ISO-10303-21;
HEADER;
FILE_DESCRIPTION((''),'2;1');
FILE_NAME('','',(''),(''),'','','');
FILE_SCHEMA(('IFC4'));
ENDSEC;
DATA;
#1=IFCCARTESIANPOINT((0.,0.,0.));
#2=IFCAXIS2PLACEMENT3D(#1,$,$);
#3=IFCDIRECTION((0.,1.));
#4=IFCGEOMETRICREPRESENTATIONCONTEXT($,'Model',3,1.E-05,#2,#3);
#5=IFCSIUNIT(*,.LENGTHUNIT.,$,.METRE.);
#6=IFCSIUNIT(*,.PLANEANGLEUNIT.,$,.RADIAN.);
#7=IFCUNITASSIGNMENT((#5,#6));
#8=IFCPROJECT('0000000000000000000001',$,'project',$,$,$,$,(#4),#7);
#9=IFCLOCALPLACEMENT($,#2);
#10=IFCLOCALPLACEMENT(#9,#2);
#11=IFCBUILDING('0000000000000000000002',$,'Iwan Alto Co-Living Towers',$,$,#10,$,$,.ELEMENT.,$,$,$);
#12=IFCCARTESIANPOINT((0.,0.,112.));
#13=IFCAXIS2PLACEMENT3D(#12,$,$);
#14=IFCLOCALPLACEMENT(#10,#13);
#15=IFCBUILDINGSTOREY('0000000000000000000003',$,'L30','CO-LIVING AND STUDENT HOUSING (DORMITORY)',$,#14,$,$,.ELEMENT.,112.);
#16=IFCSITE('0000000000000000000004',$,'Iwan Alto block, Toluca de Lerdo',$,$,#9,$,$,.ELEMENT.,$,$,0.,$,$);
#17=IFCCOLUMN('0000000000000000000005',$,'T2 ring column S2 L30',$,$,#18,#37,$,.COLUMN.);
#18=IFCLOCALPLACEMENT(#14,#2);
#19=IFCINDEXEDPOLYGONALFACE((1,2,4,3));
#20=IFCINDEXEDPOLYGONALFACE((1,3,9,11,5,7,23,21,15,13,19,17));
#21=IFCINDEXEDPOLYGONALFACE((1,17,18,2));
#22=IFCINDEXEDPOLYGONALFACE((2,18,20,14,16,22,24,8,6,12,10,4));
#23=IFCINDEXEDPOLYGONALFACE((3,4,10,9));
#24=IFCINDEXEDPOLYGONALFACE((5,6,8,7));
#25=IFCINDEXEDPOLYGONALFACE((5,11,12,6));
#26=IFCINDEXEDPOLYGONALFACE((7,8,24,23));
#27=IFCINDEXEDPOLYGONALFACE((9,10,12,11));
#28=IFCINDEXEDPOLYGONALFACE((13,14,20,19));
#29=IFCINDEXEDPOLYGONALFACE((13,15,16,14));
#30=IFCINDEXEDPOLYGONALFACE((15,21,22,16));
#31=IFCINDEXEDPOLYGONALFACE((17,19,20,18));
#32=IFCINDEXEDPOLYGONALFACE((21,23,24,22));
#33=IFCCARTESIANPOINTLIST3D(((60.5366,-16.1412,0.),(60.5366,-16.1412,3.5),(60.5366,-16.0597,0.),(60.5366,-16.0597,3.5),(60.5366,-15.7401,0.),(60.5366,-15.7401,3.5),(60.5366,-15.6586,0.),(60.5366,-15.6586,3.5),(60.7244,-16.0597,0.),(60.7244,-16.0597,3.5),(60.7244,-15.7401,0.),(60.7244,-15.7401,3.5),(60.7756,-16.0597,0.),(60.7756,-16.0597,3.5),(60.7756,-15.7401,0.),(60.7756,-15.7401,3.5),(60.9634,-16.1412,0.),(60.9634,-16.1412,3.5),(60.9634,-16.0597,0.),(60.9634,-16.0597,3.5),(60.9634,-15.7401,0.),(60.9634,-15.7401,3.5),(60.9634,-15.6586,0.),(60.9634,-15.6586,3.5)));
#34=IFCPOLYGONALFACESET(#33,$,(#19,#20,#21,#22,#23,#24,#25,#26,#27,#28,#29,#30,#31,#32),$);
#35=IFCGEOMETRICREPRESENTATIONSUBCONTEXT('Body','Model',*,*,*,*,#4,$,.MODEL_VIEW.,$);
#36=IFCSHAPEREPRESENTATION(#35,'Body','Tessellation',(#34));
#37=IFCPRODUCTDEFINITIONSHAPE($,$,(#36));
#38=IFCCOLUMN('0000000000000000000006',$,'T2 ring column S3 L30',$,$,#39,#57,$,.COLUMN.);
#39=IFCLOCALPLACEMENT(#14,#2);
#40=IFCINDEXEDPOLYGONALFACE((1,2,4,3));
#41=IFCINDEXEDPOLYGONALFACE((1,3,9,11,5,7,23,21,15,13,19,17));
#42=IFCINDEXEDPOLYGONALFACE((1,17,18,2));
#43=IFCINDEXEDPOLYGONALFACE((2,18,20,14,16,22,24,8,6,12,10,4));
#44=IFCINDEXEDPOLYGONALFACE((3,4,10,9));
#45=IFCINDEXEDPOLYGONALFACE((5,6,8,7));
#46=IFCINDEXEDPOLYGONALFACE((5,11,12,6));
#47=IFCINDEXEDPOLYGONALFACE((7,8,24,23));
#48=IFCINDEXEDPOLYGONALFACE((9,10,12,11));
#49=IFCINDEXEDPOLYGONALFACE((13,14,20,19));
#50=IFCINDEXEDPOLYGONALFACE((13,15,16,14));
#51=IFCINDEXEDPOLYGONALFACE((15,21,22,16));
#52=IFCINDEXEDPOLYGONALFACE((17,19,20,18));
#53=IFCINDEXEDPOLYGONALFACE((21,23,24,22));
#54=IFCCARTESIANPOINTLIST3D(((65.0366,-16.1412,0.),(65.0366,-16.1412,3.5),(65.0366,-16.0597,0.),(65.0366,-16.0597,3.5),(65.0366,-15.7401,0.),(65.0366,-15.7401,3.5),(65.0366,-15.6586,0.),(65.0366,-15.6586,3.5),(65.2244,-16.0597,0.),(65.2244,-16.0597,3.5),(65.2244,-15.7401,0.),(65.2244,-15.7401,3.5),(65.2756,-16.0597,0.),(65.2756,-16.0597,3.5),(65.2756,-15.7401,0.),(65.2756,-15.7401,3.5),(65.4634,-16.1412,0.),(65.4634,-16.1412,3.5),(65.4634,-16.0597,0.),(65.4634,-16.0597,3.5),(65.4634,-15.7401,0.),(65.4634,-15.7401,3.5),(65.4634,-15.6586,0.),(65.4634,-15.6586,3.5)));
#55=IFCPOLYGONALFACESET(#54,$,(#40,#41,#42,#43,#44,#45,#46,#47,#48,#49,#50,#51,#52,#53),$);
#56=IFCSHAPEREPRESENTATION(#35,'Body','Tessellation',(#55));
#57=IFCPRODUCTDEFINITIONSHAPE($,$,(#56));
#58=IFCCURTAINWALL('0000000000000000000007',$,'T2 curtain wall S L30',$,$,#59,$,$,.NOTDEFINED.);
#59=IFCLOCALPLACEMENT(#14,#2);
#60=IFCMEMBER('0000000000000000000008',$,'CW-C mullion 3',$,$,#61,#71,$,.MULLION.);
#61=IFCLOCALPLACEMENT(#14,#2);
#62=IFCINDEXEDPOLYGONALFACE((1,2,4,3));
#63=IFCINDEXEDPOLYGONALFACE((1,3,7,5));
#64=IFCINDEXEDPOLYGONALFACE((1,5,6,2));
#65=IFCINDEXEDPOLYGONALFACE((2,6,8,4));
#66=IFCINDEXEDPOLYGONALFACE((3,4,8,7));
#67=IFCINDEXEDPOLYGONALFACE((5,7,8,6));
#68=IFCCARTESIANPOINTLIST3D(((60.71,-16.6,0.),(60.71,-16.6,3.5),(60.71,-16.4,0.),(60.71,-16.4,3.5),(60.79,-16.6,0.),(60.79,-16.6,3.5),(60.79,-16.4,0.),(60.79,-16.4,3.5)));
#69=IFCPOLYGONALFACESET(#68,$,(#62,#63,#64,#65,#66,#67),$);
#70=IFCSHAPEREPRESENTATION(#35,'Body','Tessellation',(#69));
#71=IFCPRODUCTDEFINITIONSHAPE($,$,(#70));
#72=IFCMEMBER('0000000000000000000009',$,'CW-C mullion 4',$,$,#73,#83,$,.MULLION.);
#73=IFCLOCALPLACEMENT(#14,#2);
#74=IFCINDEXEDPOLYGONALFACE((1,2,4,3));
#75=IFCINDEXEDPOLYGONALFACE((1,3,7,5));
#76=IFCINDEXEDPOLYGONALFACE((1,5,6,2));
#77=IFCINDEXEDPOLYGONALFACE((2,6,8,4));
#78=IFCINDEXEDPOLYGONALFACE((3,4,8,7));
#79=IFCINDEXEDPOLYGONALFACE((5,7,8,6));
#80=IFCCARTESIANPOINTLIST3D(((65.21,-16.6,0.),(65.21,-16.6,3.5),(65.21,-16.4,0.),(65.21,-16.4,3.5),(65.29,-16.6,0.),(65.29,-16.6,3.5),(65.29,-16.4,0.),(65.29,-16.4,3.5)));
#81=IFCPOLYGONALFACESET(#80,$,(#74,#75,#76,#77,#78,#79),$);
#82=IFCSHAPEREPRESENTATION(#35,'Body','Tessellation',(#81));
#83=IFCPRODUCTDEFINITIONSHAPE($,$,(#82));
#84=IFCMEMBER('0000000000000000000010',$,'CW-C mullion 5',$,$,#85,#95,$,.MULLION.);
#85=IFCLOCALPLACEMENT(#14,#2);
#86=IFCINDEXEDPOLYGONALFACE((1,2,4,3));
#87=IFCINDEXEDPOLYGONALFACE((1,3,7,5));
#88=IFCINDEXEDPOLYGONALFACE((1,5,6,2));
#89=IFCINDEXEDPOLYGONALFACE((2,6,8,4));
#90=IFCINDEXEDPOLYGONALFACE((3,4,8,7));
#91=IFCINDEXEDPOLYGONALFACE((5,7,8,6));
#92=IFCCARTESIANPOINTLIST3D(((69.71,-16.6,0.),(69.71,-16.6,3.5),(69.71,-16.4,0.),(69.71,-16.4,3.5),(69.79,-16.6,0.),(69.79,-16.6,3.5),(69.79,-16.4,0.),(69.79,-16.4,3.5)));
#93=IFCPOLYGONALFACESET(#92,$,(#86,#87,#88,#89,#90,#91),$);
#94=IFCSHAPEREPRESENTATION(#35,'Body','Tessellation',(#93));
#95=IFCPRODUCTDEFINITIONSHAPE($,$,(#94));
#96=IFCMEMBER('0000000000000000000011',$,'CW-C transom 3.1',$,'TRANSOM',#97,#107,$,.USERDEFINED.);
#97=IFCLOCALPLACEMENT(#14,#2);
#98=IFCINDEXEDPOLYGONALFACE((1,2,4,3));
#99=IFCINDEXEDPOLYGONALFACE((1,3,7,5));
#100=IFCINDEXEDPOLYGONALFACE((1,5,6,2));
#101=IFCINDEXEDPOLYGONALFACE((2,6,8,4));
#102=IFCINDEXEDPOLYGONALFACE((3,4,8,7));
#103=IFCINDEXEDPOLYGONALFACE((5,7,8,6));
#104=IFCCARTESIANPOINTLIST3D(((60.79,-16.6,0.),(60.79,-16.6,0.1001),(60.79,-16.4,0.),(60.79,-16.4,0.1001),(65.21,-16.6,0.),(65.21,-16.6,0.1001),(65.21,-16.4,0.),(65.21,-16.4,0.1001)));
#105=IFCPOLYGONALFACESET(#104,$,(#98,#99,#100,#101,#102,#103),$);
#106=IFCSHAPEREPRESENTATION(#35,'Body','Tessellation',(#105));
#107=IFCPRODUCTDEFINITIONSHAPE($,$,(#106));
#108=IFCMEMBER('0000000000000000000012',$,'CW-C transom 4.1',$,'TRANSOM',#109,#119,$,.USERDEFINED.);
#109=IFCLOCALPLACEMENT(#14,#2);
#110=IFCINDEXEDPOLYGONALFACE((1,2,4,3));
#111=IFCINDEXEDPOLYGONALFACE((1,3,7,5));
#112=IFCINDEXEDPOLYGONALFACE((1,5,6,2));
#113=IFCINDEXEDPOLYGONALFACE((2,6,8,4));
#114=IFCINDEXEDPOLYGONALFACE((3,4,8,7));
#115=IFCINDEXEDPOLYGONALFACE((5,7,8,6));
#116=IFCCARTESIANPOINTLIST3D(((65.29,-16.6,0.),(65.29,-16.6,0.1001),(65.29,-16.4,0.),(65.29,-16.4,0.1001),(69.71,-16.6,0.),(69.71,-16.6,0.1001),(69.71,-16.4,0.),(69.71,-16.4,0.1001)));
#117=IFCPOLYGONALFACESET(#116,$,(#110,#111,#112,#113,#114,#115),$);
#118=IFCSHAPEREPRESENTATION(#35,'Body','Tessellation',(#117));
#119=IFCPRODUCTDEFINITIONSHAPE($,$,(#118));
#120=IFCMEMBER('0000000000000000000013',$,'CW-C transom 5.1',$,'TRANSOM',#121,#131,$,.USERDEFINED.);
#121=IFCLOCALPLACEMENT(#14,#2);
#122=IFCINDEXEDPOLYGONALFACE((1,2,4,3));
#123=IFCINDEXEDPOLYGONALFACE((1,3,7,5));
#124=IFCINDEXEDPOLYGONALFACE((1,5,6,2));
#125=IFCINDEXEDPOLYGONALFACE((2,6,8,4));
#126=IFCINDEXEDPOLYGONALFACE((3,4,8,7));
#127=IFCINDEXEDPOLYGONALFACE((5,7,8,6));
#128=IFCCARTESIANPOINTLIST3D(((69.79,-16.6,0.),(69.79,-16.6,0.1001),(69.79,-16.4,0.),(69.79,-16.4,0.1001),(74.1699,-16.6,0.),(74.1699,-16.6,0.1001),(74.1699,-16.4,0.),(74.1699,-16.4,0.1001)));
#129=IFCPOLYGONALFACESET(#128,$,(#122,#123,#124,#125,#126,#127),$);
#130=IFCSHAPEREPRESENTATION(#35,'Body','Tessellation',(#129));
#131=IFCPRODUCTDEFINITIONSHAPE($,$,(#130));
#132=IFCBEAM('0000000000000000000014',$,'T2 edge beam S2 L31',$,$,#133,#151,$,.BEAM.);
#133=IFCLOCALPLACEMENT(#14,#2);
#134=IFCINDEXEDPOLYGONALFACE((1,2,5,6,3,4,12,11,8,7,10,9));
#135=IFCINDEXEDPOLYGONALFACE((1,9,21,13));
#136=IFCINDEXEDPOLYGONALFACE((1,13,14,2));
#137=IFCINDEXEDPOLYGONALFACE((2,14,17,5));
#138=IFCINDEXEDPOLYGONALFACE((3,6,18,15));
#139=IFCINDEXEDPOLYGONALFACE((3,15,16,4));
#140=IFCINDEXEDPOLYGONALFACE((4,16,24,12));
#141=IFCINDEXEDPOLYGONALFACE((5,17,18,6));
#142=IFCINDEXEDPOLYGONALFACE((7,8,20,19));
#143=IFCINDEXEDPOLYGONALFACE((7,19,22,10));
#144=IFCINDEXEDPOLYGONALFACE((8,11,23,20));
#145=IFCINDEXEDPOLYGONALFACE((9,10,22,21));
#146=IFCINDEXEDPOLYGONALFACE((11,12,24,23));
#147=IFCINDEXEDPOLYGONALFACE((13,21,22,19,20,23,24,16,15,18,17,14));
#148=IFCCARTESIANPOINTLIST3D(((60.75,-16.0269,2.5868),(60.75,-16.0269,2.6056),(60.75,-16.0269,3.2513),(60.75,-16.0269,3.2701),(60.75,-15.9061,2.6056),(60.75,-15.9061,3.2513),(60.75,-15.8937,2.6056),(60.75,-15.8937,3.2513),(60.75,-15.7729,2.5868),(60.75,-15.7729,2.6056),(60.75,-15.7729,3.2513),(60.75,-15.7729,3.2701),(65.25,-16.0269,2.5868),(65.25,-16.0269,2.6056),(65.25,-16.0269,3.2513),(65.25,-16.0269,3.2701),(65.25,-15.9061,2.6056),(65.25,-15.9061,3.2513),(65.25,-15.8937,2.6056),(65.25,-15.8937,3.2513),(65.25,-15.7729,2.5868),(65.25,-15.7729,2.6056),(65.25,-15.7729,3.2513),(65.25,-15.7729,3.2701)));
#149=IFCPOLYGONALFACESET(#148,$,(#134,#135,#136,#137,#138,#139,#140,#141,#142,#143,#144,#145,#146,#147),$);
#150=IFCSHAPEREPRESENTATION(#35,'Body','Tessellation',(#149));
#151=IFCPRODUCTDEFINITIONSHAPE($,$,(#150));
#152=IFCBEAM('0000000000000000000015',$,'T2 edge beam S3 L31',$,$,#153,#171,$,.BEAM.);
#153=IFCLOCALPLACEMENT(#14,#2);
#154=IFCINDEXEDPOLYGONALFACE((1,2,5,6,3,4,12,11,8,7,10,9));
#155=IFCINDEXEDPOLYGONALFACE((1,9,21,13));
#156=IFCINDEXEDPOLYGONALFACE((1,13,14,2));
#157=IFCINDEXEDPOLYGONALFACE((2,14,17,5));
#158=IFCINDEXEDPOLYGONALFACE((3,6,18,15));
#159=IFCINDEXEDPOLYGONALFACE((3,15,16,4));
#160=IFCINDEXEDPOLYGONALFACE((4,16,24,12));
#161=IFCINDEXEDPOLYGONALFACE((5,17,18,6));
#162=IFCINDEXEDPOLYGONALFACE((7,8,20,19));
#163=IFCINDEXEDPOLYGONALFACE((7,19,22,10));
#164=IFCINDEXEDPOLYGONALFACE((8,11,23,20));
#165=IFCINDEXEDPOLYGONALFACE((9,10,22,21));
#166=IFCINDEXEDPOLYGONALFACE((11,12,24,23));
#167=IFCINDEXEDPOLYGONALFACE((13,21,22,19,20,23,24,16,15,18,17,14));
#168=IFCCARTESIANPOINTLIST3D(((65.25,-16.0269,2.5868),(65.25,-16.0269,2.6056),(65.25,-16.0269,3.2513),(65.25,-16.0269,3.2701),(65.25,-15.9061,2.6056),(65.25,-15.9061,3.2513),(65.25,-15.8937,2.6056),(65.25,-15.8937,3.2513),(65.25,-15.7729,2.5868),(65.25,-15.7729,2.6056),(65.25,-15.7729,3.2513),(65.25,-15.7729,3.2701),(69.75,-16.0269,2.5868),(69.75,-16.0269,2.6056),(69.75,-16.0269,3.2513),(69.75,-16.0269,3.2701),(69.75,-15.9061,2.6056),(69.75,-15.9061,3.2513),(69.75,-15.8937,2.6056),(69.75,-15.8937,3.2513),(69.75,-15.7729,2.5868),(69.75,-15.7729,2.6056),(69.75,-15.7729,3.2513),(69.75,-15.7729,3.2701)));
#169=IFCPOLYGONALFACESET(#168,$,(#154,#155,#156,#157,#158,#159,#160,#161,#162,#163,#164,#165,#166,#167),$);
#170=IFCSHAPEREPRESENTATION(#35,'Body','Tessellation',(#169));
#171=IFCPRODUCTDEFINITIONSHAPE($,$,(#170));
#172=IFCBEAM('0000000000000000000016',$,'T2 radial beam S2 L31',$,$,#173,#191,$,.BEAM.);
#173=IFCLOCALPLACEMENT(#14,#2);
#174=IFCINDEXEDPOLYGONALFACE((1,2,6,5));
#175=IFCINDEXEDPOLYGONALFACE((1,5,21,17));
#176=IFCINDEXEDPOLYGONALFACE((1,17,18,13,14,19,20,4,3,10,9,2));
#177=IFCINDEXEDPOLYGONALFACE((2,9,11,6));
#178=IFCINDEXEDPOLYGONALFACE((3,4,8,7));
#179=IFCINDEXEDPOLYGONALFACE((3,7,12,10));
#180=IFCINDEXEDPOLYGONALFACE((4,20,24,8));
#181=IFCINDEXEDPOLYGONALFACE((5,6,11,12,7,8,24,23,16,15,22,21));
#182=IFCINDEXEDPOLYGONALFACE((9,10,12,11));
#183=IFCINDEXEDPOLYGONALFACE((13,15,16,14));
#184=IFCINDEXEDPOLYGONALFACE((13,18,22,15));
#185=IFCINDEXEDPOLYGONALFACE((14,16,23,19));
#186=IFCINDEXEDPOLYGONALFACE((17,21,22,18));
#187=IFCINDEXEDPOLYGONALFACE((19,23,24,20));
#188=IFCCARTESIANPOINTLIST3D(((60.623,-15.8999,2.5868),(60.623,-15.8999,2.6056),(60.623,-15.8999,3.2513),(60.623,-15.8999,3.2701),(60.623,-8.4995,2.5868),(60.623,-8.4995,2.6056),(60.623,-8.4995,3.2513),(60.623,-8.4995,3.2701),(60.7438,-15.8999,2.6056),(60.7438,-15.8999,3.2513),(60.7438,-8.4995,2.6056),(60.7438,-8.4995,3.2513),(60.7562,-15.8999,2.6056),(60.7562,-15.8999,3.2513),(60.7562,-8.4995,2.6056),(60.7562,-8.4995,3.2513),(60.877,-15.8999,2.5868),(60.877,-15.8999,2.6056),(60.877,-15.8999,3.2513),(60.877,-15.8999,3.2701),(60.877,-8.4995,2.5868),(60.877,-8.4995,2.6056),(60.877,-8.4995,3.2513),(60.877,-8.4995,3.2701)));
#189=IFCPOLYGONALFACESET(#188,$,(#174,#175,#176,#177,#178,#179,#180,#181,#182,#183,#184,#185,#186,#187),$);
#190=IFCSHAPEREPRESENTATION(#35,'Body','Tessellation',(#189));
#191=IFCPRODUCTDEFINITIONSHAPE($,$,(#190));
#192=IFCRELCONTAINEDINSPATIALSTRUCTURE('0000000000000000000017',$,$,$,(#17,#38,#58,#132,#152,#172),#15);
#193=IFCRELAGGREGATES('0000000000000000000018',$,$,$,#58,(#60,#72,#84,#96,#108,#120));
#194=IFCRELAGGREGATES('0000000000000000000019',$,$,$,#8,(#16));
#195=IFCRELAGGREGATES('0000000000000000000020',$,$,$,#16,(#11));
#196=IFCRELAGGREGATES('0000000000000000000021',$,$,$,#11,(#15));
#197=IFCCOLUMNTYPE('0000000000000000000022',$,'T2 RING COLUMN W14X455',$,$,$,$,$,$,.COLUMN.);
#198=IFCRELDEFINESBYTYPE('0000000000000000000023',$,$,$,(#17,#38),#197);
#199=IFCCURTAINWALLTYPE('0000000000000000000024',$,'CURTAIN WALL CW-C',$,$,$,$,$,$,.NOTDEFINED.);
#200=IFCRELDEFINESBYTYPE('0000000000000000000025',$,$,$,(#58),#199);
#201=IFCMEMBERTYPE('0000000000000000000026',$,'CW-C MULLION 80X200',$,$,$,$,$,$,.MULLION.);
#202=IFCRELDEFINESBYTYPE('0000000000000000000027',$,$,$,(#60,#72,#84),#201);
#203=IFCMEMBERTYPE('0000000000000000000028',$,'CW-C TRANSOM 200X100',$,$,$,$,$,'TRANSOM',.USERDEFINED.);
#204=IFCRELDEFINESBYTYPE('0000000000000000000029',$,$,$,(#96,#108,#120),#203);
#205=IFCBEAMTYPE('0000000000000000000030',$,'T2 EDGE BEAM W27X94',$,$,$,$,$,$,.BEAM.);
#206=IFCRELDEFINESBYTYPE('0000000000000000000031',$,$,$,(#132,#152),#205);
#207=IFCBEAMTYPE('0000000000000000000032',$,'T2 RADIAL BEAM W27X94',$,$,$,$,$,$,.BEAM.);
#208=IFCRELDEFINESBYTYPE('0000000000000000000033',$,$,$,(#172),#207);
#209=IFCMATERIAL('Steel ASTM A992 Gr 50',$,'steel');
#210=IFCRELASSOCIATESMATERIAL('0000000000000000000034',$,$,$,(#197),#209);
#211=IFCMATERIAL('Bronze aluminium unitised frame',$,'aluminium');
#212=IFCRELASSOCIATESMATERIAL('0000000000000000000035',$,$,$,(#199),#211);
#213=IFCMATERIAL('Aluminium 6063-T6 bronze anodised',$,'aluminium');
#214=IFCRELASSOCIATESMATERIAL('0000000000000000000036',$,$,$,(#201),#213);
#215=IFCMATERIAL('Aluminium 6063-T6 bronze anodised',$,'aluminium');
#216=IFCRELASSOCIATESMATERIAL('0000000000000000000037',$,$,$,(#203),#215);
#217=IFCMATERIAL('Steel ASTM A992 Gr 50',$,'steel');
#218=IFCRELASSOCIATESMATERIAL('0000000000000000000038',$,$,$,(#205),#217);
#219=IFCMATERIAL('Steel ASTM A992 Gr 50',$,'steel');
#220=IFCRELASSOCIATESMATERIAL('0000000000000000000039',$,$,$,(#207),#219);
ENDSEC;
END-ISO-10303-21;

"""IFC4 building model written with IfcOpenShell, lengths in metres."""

from ifc_helpers import new_model, si_unit, direction, frame, origin, origin_2d, place, context, subcontext, project, spatial, rectangle, i_section, extrude, material, material_profile, profile_set, type_object, element, aggregate, save


model = new_model("IFC4")

# Units and contexts
model_context = context("Model", 3, precision=1e-05, world=origin(), true_north=direction((0.0, 1.0)))
body_context = subcontext(model_context, "Body", "Model", "MODEL_VIEW")
ifc_project = project(units=[si_unit("LENGTHUNIT", "METRE"), si_unit("PLANEANGLEUNIT", "RADIAN")], contexts=[model_context])

# Site, building, storey
site_placement = place(None, origin())
site = spatial("IfcSite", under=ifc_project, at=site_placement, Name="Iwan Alto block, Toluca de Lerdo", CompositionType="ELEMENT", RefElevation=0.0)
building_placement = place(site_placement, origin())
building = spatial("IfcBuilding", under=site, at=building_placement, Name="Iwan Alto Co-Living Towers", CompositionType="ELEMENT")
storey_placement = place(building_placement, frame((0.0, 0.0, 112.0)))
storey = spatial("IfcBuildingStorey", under=building, at=storey_placement, Name="L30", Description="CO-LIVING AND STUDENT HOUSING (DORMITORY)", CompositionType="ELEMENT", Elevation=112.0)

# Columns
ifc_material_1 = material(Name="Steel ASTM A992 Gr 50", Category="steel")
ifc_material_profile_1 = material_profile(ifc_material_1, i_section(OverallWidth=0.4268, OverallDepth=0.4827, WebThickness=0.0513, FlangeThickness=0.0815, at=origin_2d()), Name="W14X455")
ifc_profile_set_1 = profile_set([ifc_material_profile_1], Name="Steel ASTM A992 Gr 50")
column_type = type_object("IfcColumnType", Name="T2 RING COLUMN W14X455", PredefinedType="COLUMN", material=ifc_profile_set_1)
for number, where, z_axis, x_axis, name in (
    (1, (60.75, -15.8999, 0.0), (0.0, 0.0, 1.0), (1.0, 0.0, 0.0), "T2 ring column S2 L30"),
    (2, (65.25, -15.8999, 0.0), (0.0, 0.0, 1.0), (1.0, 0.0, 0.0), "T2 ring column S3 L30"),
):
    element("IfcColumn", number, at=place(storey_placement, frame(where, z_axis=z_axis, x_axis=x_axis)), inside=storey, type_object=column_type, Name=name, PredefinedType="COLUMN", context=body_context, shape_type="SweptSolid", body=[
        extrude(i_section(OverallWidth=0.4268, OverallDepth=0.4827, WebThickness=0.0513, FlangeThickness=0.0815, at=origin_2d()), origin(), (0.0, 0.0, 1.0), 3.5),
    ])

# Curtain wall, members
ifc_material_2 = material(Name="Bronze aluminium unitised frame", Category="aluminium")
curtain_wall_type = type_object("IfcCurtainWallType", Name="CURTAIN WALL CW-C", PredefinedType="NOTDEFINED", material=ifc_material_2)
curtain_wall_placement = place(storey_placement, origin())
curtain_wall = element("IfcCurtainWall", 3, at=curtain_wall_placement, inside=storey, type_object=curtain_wall_type, Name="T2 curtain wall S L30", PredefinedType="NOTDEFINED")
ifc_material_3 = material(Name="Aluminium 6063-T6 bronze anodised", Category="aluminium")
ifc_material_profile_2 = material_profile(ifc_material_3, rectangle(XDim=0.2, YDim=0.0801, at=origin_2d()), Name="AL 80X200")
ifc_profile_set_2 = profile_set([ifc_material_profile_2], Name="Aluminium 6063-T6 bronze anodised")
member_type_1 = type_object("IfcMemberType", Name="CW-C MULLION 80X200", PredefinedType="MULLION", material=ifc_profile_set_2)
member_1_placement = place(storey_placement, frame((60.75, -16.5, 0.0), z_axis=(0.0, 0.0, 1.0), x_axis=(0.0, 1.0, 0.0)))
member_1 = element("IfcMember", 4, at=member_1_placement, type_object=member_type_1, Name="CW-C mullion 3", PredefinedType="MULLION", context=body_context, shape_type="SweptSolid", body=[
    extrude(rectangle(XDim=0.2, YDim=0.0801, at=origin_2d()), origin(), (0.0, 0.0, 1.0), 3.5),
])
member_2_placement = place(storey_placement, frame((65.25, -16.5, 0.0), z_axis=(0.0, 0.0, 1.0), x_axis=(0.0, 1.0, 0.0)))
member_2 = element("IfcMember", 5, at=member_2_placement, type_object=member_type_1, Name="CW-C mullion 4", PredefinedType="MULLION", context=body_context, shape_type="SweptSolid", body=[
    extrude(rectangle(XDim=0.2, YDim=0.0801, at=origin_2d()), origin(), (0.0, 0.0, 1.0), 3.5),
])
member_3_placement = place(storey_placement, frame((69.75, -16.5, 0.0), z_axis=(0.0, 0.0, 1.0), x_axis=(0.0, 1.0, 0.0)))
member_3 = element("IfcMember", 6, at=member_3_placement, type_object=member_type_1, Name="CW-C mullion 5", PredefinedType="MULLION", context=body_context, shape_type="SweptSolid", body=[
    extrude(rectangle(XDim=0.2, YDim=0.0801, at=origin_2d()), origin(), (0.0, 0.0, 1.0), 3.5),
])
ifc_material_4 = material(Name="Aluminium 6063-T6 bronze anodised", Category="aluminium")
ifc_material_profile_3 = material_profile(ifc_material_4, rectangle(XDim=0.2, YDim=0.1001, at=origin_2d()), Name="AL 200X100")
ifc_profile_set_3 = profile_set([ifc_material_profile_3], Name="Aluminium 6063-T6 bronze anodised")
member_type_2 = type_object("IfcMemberType", Name="CW-C TRANSOM 200X100", ElementType="TRANSOM", PredefinedType="USERDEFINED", material=ifc_profile_set_3)
member_4_placement = place(storey_placement, frame((60.79, -16.5, 0.05), z_axis=(1.0, 0.0, 0.0), x_axis=(0.0, 1.0, 0.0)))
member_4 = element("IfcMember", 7, at=member_4_placement, type_object=member_type_2, Name="CW-C transom 3.1", ObjectType="TRANSOM", PredefinedType="USERDEFINED", context=body_context, shape_type="SweptSolid", body=[
    extrude(rectangle(XDim=0.2, YDim=0.1001, at=origin_2d()), origin(), (0.0, 0.0, 1.0), 4.4199),
])
member_5_placement = place(storey_placement, frame((65.29, -16.5, 0.05), z_axis=(1.0, 0.0, 0.0), x_axis=(0.0, 1.0, 0.0)))
member_5 = element("IfcMember", 8, at=member_5_placement, type_object=member_type_2, Name="CW-C transom 4.1", ObjectType="TRANSOM", PredefinedType="USERDEFINED", context=body_context, shape_type="SweptSolid", body=[
    extrude(rectangle(XDim=0.2, YDim=0.1001, at=origin_2d()), origin(), (0.0, 0.0, 1.0), 4.4199),
])
member_6_placement = place(storey_placement, frame((69.79, -16.5, 0.05), z_axis=(1.0, 0.0, 0.0), x_axis=(0.0, 1.0, 0.0)))
member_6 = element("IfcMember", 9, at=member_6_placement, type_object=member_type_2, Name="CW-C transom 5.1", ObjectType="TRANSOM", PredefinedType="USERDEFINED", context=body_context, shape_type="SweptSolid", body=[
    extrude(rectangle(XDim=0.2, YDim=0.1001, at=origin_2d()), origin(), (0.0, 0.0, 1.0), 4.3799),
])

# Beams
ifc_material_5 = material(Name="Steel ASTM A992 Gr 50", Category="steel")
ifc_material_profile_4 = material_profile(ifc_material_5, i_section(OverallWidth=0.2539, OverallDepth=0.6833, WebThickness=0.0125, FlangeThickness=0.0188, at=origin_2d()), Name="W27X94")
ifc_profile_set_4 = profile_set([ifc_material_profile_4], Name="Steel ASTM A992 Gr 50")
beam_type_1 = type_object("IfcBeamType", Name="T2 EDGE BEAM W27X94", PredefinedType="BEAM", material=ifc_profile_set_4)
for number, where, z_axis, x_axis, name in (
    (10, (60.75, -15.8999, 2.9285), (1.0, 0.0, 0.0), (0.0, 1.0, 0.0), "T2 edge beam S2 L31"),
    (11, (65.25, -15.8999, 2.9285), (1.0, 0.0, 0.0), (0.0, 1.0, 0.0), "T2 edge beam S3 L31"),
):
    element("IfcBeam", number, at=place(storey_placement, frame(where, z_axis=z_axis, x_axis=x_axis)), inside=storey, type_object=beam_type_1, Name=name, PredefinedType="BEAM", context=body_context, shape_type="SweptSolid", body=[
        extrude(i_section(OverallWidth=0.2539, OverallDepth=0.6833, WebThickness=0.0125, FlangeThickness=0.0188, at=origin_2d()), origin(), (0.0, 0.0, 1.0), 4.5),
    ])
ifc_material_6 = material(Name="Steel ASTM A992 Gr 50", Category="steel")
ifc_material_profile_5 = material_profile(ifc_material_6, i_section(OverallWidth=0.2539, OverallDepth=0.6833, WebThickness=0.0125, FlangeThickness=0.0188, at=origin_2d()), Name="W27X94")
ifc_profile_set_5 = profile_set([ifc_material_profile_5], Name="Steel ASTM A992 Gr 50")
beam_type_2 = type_object("IfcBeamType", Name="T2 RADIAL BEAM W27X94", PredefinedType="BEAM", material=ifc_profile_set_5)
beam_placement = place(storey_placement, frame((60.75, -15.8999, 2.9285), z_axis=(0.0, 1.0, 0.0), x_axis=(-1.0, 0.0, 0.0)))
element("IfcBeam", 12, at=beam_placement, inside=storey, type_object=beam_type_2, Name="T2 radial beam S2 L31", PredefinedType="BEAM", context=body_context, shape_type="SweptSolid", body=[
    extrude(i_section(OverallWidth=0.2539, OverallDepth=0.6833, WebThickness=0.0125, FlangeThickness=0.0188, at=origin_2d()), origin(), (0.0, 0.0, 1.0), 7.4004),
])

aggregate(curtain_wall, [member_1, member_2, member_3, member_4, member_5, member_6])

save(model, "model.ifc")
